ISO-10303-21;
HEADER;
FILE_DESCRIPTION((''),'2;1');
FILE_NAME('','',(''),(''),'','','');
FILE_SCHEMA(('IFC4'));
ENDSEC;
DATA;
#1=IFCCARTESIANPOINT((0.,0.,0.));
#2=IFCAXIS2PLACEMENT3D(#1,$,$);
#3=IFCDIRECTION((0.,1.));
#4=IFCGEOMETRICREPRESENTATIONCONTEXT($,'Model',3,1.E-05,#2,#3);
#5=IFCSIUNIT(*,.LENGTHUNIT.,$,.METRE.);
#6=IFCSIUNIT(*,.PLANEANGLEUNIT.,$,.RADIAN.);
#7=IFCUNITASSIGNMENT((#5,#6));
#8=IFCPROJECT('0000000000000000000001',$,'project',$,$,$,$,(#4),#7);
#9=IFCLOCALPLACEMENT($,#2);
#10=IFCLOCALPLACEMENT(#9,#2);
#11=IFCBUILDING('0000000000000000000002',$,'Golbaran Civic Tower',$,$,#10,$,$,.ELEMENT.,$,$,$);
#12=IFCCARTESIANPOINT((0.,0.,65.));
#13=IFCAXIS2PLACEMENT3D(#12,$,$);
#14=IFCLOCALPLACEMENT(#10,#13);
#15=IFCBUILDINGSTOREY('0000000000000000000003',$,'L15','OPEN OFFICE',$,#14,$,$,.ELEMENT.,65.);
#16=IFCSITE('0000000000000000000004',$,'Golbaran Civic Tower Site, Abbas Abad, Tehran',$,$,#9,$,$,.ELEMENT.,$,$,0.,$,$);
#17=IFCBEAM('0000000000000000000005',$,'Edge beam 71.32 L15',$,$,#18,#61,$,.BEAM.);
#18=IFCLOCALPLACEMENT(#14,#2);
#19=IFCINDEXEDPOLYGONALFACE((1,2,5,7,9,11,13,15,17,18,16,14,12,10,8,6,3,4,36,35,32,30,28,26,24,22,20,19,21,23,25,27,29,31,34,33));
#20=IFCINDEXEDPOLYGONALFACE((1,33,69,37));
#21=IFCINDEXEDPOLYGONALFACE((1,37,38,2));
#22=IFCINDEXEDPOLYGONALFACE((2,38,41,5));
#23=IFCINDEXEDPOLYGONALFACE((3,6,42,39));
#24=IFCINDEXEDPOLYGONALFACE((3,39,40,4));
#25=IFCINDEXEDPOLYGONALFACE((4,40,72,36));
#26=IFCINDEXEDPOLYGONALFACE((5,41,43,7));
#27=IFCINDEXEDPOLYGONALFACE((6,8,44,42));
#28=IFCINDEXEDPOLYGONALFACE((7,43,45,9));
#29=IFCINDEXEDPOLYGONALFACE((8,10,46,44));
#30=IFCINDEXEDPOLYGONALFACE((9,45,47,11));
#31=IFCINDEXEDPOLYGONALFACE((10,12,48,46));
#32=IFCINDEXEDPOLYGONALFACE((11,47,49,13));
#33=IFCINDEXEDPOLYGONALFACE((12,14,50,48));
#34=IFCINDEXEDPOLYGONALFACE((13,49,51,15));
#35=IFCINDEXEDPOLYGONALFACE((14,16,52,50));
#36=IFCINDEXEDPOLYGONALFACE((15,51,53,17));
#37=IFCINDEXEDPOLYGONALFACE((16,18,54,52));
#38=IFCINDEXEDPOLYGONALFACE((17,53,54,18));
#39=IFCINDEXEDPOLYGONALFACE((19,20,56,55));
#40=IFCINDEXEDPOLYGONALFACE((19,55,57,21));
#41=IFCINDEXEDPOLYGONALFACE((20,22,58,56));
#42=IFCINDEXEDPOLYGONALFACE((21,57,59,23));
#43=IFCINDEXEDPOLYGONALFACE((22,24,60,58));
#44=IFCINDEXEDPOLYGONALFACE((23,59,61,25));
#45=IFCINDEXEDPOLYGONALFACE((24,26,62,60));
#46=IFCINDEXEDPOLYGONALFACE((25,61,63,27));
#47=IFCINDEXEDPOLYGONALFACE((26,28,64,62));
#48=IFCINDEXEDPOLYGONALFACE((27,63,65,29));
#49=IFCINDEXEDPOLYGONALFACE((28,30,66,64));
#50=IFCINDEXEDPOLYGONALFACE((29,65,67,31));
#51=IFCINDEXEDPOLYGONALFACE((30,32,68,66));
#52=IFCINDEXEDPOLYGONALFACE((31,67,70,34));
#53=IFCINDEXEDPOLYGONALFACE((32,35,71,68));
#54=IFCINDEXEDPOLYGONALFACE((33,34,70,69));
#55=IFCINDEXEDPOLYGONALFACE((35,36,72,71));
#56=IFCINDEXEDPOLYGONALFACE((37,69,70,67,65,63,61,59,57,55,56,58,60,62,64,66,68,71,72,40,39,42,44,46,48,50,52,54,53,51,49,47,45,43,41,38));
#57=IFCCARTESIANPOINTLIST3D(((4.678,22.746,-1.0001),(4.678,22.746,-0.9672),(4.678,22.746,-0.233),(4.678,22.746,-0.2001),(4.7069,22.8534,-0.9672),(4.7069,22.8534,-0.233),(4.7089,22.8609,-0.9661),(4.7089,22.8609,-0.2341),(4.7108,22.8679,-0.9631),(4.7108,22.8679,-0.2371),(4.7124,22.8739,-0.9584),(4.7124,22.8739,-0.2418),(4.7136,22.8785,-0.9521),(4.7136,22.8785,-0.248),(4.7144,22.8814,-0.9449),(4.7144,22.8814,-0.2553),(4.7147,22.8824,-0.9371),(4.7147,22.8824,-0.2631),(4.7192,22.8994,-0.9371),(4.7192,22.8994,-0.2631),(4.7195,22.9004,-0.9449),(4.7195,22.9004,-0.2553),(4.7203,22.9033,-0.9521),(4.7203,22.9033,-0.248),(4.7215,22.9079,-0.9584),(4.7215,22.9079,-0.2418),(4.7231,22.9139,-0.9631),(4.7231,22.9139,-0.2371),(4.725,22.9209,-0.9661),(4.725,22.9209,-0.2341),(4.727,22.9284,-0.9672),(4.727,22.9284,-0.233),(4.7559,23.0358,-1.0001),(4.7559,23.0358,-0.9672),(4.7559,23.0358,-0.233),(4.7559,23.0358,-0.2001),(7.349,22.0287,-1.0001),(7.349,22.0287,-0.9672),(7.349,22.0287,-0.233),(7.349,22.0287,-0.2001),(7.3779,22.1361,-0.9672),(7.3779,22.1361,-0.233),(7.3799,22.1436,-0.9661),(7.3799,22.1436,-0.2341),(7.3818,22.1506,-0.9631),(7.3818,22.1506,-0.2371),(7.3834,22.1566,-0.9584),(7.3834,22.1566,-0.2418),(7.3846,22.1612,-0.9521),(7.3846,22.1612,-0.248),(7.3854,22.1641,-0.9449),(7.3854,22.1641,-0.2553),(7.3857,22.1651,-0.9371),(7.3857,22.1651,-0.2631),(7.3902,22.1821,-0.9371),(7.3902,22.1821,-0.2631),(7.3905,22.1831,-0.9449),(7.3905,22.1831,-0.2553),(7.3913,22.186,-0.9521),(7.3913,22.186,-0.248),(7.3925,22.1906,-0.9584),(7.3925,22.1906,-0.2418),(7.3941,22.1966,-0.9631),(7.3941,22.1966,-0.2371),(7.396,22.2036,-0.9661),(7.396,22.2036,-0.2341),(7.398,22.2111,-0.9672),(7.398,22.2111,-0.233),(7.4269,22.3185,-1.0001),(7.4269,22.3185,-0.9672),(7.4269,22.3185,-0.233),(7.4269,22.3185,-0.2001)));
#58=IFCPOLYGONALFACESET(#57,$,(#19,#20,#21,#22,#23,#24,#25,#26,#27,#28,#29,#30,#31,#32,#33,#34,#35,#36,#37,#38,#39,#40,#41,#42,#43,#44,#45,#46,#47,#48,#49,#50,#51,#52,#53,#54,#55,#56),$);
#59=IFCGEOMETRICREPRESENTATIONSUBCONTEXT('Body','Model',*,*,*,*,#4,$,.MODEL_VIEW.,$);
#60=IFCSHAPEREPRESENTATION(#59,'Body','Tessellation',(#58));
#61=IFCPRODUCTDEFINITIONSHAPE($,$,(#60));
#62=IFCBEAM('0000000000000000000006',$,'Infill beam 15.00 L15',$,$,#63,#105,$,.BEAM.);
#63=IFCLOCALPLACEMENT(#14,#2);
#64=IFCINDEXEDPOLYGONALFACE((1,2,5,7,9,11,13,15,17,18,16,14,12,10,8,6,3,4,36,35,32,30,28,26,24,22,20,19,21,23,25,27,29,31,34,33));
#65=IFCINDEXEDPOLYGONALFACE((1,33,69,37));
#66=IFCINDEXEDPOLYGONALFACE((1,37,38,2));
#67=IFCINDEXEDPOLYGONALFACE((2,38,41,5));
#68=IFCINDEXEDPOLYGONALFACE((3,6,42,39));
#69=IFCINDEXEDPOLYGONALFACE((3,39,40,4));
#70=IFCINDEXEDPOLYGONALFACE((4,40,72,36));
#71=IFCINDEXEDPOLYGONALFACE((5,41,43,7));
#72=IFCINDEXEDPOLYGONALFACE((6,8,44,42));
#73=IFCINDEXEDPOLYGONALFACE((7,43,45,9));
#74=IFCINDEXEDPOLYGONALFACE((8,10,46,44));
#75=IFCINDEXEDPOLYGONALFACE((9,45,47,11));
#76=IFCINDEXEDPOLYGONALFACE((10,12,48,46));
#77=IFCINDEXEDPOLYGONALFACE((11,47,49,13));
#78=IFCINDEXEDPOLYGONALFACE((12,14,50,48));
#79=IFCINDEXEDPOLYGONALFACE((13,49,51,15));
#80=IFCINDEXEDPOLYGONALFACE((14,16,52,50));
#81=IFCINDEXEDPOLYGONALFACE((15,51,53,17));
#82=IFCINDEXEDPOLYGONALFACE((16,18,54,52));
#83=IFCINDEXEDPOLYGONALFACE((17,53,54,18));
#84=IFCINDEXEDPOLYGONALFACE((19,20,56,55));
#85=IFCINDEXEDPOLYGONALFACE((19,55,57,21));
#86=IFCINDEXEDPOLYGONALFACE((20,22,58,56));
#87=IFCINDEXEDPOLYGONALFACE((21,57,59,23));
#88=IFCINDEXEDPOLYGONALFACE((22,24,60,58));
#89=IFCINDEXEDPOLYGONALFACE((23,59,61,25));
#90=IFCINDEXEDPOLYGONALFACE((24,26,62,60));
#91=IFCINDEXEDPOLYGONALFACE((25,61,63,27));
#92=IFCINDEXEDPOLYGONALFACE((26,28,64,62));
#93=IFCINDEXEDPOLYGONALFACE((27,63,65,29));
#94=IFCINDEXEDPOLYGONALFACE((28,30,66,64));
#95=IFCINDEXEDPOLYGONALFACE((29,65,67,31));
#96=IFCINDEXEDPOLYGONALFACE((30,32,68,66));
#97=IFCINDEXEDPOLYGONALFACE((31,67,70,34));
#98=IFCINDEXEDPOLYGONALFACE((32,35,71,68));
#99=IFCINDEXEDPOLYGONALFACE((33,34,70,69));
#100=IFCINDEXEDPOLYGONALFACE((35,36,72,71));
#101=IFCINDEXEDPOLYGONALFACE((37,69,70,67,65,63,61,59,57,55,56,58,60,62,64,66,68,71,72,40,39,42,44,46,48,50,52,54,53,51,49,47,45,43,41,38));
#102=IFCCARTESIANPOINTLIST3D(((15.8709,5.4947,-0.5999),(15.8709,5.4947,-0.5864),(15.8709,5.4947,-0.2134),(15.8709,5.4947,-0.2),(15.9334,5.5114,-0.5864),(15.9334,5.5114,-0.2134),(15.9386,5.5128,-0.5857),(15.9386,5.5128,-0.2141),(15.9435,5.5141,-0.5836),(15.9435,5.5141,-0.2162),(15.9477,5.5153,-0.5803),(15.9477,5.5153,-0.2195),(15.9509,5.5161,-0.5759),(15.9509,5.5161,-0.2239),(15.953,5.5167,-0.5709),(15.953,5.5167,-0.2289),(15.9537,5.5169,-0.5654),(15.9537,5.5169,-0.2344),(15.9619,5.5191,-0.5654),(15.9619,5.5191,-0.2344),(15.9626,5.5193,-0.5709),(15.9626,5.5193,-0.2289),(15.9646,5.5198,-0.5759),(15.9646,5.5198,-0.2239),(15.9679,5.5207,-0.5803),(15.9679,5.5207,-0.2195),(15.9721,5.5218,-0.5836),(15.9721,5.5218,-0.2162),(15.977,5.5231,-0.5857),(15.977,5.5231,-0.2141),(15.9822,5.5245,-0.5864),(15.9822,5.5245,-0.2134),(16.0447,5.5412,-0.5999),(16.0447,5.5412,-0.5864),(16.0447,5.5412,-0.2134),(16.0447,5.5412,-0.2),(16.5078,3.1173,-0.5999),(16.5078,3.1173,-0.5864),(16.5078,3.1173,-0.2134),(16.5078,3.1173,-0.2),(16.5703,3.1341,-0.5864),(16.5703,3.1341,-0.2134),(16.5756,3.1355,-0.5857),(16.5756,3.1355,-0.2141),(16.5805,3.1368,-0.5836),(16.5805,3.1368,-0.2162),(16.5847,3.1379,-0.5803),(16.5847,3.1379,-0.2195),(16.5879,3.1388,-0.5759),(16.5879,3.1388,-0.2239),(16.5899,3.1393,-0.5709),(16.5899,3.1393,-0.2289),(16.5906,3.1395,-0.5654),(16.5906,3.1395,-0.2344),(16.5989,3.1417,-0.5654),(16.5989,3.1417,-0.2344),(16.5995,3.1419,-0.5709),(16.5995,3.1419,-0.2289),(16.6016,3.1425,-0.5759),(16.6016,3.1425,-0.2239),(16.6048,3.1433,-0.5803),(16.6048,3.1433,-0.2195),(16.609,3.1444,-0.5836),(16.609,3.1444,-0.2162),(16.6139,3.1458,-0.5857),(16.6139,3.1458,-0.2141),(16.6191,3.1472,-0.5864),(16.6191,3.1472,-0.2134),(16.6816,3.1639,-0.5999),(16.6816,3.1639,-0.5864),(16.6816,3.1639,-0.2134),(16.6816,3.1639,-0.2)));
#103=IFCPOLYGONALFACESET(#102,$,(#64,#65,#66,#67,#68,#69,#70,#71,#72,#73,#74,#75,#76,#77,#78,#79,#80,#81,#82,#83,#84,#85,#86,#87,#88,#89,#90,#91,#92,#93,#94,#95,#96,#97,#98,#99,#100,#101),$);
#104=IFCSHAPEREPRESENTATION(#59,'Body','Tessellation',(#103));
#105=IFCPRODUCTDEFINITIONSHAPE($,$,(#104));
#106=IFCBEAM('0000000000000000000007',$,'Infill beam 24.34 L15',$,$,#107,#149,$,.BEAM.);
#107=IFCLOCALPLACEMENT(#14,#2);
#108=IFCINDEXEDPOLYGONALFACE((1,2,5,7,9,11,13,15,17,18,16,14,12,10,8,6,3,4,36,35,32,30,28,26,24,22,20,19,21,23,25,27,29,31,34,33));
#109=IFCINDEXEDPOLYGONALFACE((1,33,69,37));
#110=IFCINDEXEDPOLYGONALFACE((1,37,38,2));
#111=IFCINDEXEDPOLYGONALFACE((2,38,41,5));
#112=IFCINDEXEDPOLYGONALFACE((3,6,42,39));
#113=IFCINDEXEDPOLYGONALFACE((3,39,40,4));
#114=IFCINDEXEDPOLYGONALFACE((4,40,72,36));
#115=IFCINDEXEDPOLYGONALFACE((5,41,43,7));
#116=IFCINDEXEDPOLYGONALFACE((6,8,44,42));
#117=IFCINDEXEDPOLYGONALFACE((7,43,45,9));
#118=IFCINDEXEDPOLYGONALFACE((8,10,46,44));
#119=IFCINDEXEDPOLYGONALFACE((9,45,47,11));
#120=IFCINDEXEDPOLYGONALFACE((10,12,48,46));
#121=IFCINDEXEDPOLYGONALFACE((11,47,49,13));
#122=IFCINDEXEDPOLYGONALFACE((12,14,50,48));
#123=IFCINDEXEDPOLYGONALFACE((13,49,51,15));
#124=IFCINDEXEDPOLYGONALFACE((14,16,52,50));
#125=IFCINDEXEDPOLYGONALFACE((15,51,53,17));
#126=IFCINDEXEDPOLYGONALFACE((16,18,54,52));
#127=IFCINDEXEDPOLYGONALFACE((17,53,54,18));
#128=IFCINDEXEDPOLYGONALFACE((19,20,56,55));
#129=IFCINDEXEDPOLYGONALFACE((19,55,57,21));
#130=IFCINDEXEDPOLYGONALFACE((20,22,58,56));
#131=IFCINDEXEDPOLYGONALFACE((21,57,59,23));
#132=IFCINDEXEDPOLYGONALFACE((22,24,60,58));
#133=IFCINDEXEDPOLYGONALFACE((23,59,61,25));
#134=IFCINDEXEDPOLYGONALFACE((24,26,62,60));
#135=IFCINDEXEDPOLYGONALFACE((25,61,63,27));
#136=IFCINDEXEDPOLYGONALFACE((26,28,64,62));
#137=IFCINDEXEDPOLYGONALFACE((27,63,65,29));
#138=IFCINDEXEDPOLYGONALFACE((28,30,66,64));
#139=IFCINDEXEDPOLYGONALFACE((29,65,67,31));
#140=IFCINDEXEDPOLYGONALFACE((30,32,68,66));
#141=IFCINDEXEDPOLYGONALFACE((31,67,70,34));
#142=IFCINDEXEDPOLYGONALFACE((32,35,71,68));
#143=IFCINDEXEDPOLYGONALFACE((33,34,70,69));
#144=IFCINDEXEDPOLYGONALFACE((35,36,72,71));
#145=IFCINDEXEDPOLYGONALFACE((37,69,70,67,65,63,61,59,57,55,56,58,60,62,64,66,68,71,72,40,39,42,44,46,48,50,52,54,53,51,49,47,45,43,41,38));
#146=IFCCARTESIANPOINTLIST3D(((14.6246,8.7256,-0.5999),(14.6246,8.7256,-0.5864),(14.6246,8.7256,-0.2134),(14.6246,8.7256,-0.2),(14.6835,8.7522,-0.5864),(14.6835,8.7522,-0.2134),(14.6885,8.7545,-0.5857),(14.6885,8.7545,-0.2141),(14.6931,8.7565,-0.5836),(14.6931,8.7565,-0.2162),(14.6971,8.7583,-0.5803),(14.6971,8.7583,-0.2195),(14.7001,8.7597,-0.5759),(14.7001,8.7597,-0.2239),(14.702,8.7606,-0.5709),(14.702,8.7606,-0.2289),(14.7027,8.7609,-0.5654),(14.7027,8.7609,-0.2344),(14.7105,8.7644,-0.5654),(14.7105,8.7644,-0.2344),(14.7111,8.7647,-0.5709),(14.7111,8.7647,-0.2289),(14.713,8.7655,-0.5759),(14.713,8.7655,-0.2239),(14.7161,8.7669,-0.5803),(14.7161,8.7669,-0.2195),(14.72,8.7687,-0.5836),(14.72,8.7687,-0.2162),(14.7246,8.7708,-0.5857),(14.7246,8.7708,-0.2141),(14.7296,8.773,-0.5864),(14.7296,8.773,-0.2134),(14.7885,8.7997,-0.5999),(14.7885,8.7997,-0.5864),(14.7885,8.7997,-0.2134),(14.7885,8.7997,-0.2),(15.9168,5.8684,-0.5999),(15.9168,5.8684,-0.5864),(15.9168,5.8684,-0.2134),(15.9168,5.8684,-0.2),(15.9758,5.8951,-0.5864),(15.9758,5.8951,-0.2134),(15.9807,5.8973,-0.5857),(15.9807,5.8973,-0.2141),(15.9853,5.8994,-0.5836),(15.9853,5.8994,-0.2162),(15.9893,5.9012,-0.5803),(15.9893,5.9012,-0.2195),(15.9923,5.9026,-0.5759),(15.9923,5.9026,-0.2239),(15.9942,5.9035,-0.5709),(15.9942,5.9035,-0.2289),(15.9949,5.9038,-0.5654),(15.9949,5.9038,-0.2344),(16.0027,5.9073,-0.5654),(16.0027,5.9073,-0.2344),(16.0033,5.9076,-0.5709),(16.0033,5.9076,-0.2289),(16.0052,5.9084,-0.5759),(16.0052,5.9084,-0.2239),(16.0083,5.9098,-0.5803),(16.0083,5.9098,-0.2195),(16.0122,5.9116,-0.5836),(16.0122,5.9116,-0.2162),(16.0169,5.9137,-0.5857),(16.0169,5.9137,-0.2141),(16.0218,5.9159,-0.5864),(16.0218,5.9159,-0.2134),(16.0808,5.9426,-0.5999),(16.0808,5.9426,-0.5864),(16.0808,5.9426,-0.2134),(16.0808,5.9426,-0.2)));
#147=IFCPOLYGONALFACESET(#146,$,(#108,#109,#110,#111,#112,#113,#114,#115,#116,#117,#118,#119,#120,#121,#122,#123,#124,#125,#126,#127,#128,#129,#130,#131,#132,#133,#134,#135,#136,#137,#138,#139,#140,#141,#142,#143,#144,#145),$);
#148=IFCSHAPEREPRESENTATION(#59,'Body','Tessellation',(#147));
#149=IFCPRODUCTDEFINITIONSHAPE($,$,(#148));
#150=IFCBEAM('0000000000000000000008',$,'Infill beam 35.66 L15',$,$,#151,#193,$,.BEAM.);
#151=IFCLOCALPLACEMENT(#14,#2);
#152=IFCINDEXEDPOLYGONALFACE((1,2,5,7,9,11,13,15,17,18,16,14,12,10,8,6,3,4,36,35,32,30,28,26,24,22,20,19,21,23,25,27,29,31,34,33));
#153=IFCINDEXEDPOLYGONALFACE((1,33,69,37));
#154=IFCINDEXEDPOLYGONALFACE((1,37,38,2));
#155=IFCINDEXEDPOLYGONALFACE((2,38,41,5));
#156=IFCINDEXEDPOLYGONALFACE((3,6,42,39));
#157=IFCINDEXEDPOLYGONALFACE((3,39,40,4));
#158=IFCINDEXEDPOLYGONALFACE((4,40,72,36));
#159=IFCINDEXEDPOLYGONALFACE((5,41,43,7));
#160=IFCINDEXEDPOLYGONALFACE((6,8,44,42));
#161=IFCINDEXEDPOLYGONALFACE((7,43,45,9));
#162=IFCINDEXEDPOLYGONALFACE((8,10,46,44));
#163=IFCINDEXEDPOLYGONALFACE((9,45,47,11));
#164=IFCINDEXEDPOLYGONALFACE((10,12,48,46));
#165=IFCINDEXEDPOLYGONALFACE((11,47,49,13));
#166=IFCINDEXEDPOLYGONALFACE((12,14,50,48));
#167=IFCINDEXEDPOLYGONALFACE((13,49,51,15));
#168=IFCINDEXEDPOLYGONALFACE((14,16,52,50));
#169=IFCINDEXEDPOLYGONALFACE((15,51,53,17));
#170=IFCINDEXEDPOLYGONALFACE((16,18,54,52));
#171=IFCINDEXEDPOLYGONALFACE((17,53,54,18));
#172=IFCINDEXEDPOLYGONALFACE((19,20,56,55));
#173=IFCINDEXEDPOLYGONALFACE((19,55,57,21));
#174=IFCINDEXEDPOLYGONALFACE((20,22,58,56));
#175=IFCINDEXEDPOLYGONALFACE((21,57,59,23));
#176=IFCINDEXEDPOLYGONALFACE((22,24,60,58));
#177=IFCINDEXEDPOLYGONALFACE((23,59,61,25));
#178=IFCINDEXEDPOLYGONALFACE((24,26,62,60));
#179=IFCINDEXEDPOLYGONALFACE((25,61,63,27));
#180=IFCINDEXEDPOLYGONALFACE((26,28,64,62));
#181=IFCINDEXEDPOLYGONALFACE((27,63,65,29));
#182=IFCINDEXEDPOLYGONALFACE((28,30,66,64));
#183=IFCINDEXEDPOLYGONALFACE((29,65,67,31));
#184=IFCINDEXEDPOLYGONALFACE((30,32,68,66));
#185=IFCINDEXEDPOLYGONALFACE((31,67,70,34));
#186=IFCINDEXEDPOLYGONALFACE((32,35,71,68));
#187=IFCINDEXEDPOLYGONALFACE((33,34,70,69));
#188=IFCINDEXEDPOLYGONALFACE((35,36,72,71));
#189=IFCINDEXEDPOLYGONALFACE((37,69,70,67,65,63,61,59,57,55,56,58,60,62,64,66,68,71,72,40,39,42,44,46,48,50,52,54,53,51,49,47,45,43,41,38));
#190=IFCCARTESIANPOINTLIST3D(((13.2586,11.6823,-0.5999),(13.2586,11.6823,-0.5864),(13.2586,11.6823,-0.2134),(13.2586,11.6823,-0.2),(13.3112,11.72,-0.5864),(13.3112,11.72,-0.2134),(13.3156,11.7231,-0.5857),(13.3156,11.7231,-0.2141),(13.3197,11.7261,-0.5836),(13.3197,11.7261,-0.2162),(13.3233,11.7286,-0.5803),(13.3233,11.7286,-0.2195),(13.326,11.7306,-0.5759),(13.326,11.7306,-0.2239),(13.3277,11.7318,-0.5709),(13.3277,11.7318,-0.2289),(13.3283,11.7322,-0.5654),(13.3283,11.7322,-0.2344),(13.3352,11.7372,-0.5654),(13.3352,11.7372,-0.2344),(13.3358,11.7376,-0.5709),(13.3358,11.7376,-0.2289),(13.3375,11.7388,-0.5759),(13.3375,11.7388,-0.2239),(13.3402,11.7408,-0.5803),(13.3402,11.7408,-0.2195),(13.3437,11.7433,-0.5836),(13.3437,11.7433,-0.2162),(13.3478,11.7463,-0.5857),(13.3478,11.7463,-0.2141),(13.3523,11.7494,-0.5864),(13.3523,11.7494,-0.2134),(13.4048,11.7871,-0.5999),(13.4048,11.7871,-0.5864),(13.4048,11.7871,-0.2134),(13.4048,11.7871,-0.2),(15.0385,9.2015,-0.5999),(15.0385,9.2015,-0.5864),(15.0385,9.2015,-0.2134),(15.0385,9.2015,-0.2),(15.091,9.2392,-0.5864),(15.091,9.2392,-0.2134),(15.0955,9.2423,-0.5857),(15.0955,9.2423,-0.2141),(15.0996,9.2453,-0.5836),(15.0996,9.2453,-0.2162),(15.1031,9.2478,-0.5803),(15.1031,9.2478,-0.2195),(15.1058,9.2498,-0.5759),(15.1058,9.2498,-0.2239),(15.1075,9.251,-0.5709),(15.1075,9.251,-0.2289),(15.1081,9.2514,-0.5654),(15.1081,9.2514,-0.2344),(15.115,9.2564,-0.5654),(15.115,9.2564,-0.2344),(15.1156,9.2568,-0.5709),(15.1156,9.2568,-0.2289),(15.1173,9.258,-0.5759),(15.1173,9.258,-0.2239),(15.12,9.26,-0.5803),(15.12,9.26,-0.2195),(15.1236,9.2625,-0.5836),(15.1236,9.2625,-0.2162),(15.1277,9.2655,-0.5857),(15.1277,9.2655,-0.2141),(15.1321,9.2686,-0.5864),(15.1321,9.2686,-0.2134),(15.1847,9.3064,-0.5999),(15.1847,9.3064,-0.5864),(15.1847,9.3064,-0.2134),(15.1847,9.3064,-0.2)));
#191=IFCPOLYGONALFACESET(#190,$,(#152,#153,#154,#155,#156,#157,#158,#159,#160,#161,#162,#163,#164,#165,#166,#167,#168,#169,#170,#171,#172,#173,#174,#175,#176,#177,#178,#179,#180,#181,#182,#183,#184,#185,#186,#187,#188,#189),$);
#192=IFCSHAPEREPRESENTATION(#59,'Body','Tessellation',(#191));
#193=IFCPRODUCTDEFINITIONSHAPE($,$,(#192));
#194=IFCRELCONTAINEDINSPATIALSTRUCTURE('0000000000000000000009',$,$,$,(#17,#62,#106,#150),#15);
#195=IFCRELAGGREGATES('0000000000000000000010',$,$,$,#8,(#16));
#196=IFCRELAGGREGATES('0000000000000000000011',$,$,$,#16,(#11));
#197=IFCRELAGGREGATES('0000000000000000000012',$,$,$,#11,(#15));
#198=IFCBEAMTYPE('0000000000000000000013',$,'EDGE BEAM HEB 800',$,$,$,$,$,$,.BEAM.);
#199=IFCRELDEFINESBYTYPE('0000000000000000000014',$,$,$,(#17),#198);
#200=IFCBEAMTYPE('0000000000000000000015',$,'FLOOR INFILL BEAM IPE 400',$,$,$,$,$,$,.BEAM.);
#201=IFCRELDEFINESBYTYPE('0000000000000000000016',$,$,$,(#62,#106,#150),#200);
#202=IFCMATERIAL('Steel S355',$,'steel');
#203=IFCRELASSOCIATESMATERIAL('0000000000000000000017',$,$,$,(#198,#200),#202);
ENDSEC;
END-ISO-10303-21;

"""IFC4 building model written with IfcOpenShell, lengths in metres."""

from ifc_helpers import new_model, si_unit, direction, frame, origin, origin_2d, place, context, subcontext, project, spatial, i_section, extrude, material, material_profile, profile_set, type_object, element, save


model = new_model("IFC4")

# Units and contexts
model_context = context("Model", 3, precision=1e-05, world=origin(), true_north=direction((0.0, 1.0)))
body_context = subcontext(model_context, "Body", "Model", "MODEL_VIEW")
ifc_project = project(units=[si_unit("LENGTHUNIT", "METRE"), si_unit("PLANEANGLEUNIT", "RADIAN")], contexts=[model_context])

# Site, building, storey
site_placement = place(None, origin())
site = spatial("IfcSite", under=ifc_project, at=site_placement, Name="Golbaran Civic Tower Site, Abbas Abad, Tehran", CompositionType="ELEMENT", RefElevation=0.0)
building_placement = place(site_placement, origin())
building = spatial("IfcBuilding", under=site, at=building_placement, Name="Golbaran Civic Tower", CompositionType="ELEMENT")
storey_placement = place(building_placement, frame((0.0, 0.0, 65.0)))
storey = spatial("IfcBuildingStorey", under=building, at=storey_placement, Name="L15", Description="OPEN OFFICE", CompositionType="ELEMENT", Elevation=65.0)

# Beams
ifc_material_1 = material(Name="Steel S355", Category="steel")
ifc_material_profile_1 = material_profile(ifc_material_1, i_section(OverallWidth=0.3, OverallDepth=0.8, WebThickness=0.0176, FlangeThickness=0.033, FilletRadius=0.03, at=origin_2d()), Name="HEB 800")
ifc_profile_set_1 = profile_set([ifc_material_profile_1], Name="Steel S355")
beam_type_1 = type_object("IfcBeamType", Name="EDGE BEAM HEB 800", PredefinedType="BEAM", material=ifc_profile_set_1)
beam_1_placement = place(storey_placement, frame((7.3879, 22.1736, -0.6001), z_axis=(-0.965779, 0.259366, 0.0), x_axis=(-0.259366, -0.965779, 0.0)))
element("IfcBeam", 1, at=beam_1_placement, inside=storey, type_object=beam_type_1, Name="Edge beam 71.32 L15", PredefinedType="BEAM", context=body_context, shape_type="SweptSolid", body=[
    extrude(i_section(OverallWidth=0.3, OverallDepth=0.8, WebThickness=0.0176, FlangeThickness=0.033, FilletRadius=0.03, at=origin_2d()), origin(), (0.0, 0.0, 1.0), 2.7656),
])
ifc_material_profile_2 = material_profile(ifc_material_1, i_section(OverallWidth=0.1799, OverallDepth=0.3999, WebThickness=0.0085, FlangeThickness=0.0134, FilletRadius=0.021, at=origin_2d()), Name="IPE 400")
ifc_profile_set_2 = profile_set([ifc_material_profile_2], Name="Steel S355")
beam_type_2 = type_object("IfcBeamType", Name="FLOOR INFILL BEAM IPE 400", PredefinedType="BEAM", material=ifc_profile_set_2)
beam_2_placement = place(storey_placement, frame((16.5947, 3.1406, -0.3999), z_axis=(-0.258792, 0.965933, 0.0), x_axis=(-0.965933, -0.258792, 0.0)))
element("IfcBeam", 2, at=beam_2_placement, inside=storey, type_object=beam_type_2, Name="Infill beam 15.00 L15", PredefinedType="BEAM", context=body_context, shape_type="SweptSolid", body=[
    extrude(i_section(OverallWidth=0.1799, OverallDepth=0.3999, WebThickness=0.0085, FlangeThickness=0.0134, FilletRadius=0.021, at=origin_2d()), origin(), (0.0, 0.0, 1.0), 2.4612),
])
beam_3_placement = place(storey_placement, frame((15.9988, 5.9055, -0.3999), z_axis=(-0.412089, 0.911143, 0.0), x_axis=(-0.911143, -0.412089, 0.0)))
element("IfcBeam", 3, at=beam_3_placement, inside=storey, type_object=beam_type_2, Name="Infill beam 24.34 L15", PredefinedType="BEAM", context=body_context, shape_type="SweptSolid", body=[
    extrude(i_section(OverallWidth=0.1799, OverallDepth=0.3999, WebThickness=0.0085, FlangeThickness=0.0134, FilletRadius=0.021, at=origin_2d()), origin(), (0.0, 0.0, 1.0), 3.1357),
])
beam_4_placement = place(storey_placement, frame((15.1116, 9.2539, -0.3999), z_axis=(-0.582939, 0.812516, 0.0), x_axis=(-0.812516, -0.582939, 0.0)))
element("IfcBeam", 4, at=beam_4_placement, inside=storey, type_object=beam_type_2, Name="Infill beam 35.66 L15", PredefinedType="BEAM", context=body_context, shape_type="SweptSolid", body=[
    extrude(i_section(OverallWidth=0.1799, OverallDepth=0.3999, WebThickness=0.0085, FlangeThickness=0.0134, FilletRadius=0.021, at=origin_2d()), origin(), (0.0, 0.0, 1.0), 3.0532),
])

save(model, "model.ifc")
